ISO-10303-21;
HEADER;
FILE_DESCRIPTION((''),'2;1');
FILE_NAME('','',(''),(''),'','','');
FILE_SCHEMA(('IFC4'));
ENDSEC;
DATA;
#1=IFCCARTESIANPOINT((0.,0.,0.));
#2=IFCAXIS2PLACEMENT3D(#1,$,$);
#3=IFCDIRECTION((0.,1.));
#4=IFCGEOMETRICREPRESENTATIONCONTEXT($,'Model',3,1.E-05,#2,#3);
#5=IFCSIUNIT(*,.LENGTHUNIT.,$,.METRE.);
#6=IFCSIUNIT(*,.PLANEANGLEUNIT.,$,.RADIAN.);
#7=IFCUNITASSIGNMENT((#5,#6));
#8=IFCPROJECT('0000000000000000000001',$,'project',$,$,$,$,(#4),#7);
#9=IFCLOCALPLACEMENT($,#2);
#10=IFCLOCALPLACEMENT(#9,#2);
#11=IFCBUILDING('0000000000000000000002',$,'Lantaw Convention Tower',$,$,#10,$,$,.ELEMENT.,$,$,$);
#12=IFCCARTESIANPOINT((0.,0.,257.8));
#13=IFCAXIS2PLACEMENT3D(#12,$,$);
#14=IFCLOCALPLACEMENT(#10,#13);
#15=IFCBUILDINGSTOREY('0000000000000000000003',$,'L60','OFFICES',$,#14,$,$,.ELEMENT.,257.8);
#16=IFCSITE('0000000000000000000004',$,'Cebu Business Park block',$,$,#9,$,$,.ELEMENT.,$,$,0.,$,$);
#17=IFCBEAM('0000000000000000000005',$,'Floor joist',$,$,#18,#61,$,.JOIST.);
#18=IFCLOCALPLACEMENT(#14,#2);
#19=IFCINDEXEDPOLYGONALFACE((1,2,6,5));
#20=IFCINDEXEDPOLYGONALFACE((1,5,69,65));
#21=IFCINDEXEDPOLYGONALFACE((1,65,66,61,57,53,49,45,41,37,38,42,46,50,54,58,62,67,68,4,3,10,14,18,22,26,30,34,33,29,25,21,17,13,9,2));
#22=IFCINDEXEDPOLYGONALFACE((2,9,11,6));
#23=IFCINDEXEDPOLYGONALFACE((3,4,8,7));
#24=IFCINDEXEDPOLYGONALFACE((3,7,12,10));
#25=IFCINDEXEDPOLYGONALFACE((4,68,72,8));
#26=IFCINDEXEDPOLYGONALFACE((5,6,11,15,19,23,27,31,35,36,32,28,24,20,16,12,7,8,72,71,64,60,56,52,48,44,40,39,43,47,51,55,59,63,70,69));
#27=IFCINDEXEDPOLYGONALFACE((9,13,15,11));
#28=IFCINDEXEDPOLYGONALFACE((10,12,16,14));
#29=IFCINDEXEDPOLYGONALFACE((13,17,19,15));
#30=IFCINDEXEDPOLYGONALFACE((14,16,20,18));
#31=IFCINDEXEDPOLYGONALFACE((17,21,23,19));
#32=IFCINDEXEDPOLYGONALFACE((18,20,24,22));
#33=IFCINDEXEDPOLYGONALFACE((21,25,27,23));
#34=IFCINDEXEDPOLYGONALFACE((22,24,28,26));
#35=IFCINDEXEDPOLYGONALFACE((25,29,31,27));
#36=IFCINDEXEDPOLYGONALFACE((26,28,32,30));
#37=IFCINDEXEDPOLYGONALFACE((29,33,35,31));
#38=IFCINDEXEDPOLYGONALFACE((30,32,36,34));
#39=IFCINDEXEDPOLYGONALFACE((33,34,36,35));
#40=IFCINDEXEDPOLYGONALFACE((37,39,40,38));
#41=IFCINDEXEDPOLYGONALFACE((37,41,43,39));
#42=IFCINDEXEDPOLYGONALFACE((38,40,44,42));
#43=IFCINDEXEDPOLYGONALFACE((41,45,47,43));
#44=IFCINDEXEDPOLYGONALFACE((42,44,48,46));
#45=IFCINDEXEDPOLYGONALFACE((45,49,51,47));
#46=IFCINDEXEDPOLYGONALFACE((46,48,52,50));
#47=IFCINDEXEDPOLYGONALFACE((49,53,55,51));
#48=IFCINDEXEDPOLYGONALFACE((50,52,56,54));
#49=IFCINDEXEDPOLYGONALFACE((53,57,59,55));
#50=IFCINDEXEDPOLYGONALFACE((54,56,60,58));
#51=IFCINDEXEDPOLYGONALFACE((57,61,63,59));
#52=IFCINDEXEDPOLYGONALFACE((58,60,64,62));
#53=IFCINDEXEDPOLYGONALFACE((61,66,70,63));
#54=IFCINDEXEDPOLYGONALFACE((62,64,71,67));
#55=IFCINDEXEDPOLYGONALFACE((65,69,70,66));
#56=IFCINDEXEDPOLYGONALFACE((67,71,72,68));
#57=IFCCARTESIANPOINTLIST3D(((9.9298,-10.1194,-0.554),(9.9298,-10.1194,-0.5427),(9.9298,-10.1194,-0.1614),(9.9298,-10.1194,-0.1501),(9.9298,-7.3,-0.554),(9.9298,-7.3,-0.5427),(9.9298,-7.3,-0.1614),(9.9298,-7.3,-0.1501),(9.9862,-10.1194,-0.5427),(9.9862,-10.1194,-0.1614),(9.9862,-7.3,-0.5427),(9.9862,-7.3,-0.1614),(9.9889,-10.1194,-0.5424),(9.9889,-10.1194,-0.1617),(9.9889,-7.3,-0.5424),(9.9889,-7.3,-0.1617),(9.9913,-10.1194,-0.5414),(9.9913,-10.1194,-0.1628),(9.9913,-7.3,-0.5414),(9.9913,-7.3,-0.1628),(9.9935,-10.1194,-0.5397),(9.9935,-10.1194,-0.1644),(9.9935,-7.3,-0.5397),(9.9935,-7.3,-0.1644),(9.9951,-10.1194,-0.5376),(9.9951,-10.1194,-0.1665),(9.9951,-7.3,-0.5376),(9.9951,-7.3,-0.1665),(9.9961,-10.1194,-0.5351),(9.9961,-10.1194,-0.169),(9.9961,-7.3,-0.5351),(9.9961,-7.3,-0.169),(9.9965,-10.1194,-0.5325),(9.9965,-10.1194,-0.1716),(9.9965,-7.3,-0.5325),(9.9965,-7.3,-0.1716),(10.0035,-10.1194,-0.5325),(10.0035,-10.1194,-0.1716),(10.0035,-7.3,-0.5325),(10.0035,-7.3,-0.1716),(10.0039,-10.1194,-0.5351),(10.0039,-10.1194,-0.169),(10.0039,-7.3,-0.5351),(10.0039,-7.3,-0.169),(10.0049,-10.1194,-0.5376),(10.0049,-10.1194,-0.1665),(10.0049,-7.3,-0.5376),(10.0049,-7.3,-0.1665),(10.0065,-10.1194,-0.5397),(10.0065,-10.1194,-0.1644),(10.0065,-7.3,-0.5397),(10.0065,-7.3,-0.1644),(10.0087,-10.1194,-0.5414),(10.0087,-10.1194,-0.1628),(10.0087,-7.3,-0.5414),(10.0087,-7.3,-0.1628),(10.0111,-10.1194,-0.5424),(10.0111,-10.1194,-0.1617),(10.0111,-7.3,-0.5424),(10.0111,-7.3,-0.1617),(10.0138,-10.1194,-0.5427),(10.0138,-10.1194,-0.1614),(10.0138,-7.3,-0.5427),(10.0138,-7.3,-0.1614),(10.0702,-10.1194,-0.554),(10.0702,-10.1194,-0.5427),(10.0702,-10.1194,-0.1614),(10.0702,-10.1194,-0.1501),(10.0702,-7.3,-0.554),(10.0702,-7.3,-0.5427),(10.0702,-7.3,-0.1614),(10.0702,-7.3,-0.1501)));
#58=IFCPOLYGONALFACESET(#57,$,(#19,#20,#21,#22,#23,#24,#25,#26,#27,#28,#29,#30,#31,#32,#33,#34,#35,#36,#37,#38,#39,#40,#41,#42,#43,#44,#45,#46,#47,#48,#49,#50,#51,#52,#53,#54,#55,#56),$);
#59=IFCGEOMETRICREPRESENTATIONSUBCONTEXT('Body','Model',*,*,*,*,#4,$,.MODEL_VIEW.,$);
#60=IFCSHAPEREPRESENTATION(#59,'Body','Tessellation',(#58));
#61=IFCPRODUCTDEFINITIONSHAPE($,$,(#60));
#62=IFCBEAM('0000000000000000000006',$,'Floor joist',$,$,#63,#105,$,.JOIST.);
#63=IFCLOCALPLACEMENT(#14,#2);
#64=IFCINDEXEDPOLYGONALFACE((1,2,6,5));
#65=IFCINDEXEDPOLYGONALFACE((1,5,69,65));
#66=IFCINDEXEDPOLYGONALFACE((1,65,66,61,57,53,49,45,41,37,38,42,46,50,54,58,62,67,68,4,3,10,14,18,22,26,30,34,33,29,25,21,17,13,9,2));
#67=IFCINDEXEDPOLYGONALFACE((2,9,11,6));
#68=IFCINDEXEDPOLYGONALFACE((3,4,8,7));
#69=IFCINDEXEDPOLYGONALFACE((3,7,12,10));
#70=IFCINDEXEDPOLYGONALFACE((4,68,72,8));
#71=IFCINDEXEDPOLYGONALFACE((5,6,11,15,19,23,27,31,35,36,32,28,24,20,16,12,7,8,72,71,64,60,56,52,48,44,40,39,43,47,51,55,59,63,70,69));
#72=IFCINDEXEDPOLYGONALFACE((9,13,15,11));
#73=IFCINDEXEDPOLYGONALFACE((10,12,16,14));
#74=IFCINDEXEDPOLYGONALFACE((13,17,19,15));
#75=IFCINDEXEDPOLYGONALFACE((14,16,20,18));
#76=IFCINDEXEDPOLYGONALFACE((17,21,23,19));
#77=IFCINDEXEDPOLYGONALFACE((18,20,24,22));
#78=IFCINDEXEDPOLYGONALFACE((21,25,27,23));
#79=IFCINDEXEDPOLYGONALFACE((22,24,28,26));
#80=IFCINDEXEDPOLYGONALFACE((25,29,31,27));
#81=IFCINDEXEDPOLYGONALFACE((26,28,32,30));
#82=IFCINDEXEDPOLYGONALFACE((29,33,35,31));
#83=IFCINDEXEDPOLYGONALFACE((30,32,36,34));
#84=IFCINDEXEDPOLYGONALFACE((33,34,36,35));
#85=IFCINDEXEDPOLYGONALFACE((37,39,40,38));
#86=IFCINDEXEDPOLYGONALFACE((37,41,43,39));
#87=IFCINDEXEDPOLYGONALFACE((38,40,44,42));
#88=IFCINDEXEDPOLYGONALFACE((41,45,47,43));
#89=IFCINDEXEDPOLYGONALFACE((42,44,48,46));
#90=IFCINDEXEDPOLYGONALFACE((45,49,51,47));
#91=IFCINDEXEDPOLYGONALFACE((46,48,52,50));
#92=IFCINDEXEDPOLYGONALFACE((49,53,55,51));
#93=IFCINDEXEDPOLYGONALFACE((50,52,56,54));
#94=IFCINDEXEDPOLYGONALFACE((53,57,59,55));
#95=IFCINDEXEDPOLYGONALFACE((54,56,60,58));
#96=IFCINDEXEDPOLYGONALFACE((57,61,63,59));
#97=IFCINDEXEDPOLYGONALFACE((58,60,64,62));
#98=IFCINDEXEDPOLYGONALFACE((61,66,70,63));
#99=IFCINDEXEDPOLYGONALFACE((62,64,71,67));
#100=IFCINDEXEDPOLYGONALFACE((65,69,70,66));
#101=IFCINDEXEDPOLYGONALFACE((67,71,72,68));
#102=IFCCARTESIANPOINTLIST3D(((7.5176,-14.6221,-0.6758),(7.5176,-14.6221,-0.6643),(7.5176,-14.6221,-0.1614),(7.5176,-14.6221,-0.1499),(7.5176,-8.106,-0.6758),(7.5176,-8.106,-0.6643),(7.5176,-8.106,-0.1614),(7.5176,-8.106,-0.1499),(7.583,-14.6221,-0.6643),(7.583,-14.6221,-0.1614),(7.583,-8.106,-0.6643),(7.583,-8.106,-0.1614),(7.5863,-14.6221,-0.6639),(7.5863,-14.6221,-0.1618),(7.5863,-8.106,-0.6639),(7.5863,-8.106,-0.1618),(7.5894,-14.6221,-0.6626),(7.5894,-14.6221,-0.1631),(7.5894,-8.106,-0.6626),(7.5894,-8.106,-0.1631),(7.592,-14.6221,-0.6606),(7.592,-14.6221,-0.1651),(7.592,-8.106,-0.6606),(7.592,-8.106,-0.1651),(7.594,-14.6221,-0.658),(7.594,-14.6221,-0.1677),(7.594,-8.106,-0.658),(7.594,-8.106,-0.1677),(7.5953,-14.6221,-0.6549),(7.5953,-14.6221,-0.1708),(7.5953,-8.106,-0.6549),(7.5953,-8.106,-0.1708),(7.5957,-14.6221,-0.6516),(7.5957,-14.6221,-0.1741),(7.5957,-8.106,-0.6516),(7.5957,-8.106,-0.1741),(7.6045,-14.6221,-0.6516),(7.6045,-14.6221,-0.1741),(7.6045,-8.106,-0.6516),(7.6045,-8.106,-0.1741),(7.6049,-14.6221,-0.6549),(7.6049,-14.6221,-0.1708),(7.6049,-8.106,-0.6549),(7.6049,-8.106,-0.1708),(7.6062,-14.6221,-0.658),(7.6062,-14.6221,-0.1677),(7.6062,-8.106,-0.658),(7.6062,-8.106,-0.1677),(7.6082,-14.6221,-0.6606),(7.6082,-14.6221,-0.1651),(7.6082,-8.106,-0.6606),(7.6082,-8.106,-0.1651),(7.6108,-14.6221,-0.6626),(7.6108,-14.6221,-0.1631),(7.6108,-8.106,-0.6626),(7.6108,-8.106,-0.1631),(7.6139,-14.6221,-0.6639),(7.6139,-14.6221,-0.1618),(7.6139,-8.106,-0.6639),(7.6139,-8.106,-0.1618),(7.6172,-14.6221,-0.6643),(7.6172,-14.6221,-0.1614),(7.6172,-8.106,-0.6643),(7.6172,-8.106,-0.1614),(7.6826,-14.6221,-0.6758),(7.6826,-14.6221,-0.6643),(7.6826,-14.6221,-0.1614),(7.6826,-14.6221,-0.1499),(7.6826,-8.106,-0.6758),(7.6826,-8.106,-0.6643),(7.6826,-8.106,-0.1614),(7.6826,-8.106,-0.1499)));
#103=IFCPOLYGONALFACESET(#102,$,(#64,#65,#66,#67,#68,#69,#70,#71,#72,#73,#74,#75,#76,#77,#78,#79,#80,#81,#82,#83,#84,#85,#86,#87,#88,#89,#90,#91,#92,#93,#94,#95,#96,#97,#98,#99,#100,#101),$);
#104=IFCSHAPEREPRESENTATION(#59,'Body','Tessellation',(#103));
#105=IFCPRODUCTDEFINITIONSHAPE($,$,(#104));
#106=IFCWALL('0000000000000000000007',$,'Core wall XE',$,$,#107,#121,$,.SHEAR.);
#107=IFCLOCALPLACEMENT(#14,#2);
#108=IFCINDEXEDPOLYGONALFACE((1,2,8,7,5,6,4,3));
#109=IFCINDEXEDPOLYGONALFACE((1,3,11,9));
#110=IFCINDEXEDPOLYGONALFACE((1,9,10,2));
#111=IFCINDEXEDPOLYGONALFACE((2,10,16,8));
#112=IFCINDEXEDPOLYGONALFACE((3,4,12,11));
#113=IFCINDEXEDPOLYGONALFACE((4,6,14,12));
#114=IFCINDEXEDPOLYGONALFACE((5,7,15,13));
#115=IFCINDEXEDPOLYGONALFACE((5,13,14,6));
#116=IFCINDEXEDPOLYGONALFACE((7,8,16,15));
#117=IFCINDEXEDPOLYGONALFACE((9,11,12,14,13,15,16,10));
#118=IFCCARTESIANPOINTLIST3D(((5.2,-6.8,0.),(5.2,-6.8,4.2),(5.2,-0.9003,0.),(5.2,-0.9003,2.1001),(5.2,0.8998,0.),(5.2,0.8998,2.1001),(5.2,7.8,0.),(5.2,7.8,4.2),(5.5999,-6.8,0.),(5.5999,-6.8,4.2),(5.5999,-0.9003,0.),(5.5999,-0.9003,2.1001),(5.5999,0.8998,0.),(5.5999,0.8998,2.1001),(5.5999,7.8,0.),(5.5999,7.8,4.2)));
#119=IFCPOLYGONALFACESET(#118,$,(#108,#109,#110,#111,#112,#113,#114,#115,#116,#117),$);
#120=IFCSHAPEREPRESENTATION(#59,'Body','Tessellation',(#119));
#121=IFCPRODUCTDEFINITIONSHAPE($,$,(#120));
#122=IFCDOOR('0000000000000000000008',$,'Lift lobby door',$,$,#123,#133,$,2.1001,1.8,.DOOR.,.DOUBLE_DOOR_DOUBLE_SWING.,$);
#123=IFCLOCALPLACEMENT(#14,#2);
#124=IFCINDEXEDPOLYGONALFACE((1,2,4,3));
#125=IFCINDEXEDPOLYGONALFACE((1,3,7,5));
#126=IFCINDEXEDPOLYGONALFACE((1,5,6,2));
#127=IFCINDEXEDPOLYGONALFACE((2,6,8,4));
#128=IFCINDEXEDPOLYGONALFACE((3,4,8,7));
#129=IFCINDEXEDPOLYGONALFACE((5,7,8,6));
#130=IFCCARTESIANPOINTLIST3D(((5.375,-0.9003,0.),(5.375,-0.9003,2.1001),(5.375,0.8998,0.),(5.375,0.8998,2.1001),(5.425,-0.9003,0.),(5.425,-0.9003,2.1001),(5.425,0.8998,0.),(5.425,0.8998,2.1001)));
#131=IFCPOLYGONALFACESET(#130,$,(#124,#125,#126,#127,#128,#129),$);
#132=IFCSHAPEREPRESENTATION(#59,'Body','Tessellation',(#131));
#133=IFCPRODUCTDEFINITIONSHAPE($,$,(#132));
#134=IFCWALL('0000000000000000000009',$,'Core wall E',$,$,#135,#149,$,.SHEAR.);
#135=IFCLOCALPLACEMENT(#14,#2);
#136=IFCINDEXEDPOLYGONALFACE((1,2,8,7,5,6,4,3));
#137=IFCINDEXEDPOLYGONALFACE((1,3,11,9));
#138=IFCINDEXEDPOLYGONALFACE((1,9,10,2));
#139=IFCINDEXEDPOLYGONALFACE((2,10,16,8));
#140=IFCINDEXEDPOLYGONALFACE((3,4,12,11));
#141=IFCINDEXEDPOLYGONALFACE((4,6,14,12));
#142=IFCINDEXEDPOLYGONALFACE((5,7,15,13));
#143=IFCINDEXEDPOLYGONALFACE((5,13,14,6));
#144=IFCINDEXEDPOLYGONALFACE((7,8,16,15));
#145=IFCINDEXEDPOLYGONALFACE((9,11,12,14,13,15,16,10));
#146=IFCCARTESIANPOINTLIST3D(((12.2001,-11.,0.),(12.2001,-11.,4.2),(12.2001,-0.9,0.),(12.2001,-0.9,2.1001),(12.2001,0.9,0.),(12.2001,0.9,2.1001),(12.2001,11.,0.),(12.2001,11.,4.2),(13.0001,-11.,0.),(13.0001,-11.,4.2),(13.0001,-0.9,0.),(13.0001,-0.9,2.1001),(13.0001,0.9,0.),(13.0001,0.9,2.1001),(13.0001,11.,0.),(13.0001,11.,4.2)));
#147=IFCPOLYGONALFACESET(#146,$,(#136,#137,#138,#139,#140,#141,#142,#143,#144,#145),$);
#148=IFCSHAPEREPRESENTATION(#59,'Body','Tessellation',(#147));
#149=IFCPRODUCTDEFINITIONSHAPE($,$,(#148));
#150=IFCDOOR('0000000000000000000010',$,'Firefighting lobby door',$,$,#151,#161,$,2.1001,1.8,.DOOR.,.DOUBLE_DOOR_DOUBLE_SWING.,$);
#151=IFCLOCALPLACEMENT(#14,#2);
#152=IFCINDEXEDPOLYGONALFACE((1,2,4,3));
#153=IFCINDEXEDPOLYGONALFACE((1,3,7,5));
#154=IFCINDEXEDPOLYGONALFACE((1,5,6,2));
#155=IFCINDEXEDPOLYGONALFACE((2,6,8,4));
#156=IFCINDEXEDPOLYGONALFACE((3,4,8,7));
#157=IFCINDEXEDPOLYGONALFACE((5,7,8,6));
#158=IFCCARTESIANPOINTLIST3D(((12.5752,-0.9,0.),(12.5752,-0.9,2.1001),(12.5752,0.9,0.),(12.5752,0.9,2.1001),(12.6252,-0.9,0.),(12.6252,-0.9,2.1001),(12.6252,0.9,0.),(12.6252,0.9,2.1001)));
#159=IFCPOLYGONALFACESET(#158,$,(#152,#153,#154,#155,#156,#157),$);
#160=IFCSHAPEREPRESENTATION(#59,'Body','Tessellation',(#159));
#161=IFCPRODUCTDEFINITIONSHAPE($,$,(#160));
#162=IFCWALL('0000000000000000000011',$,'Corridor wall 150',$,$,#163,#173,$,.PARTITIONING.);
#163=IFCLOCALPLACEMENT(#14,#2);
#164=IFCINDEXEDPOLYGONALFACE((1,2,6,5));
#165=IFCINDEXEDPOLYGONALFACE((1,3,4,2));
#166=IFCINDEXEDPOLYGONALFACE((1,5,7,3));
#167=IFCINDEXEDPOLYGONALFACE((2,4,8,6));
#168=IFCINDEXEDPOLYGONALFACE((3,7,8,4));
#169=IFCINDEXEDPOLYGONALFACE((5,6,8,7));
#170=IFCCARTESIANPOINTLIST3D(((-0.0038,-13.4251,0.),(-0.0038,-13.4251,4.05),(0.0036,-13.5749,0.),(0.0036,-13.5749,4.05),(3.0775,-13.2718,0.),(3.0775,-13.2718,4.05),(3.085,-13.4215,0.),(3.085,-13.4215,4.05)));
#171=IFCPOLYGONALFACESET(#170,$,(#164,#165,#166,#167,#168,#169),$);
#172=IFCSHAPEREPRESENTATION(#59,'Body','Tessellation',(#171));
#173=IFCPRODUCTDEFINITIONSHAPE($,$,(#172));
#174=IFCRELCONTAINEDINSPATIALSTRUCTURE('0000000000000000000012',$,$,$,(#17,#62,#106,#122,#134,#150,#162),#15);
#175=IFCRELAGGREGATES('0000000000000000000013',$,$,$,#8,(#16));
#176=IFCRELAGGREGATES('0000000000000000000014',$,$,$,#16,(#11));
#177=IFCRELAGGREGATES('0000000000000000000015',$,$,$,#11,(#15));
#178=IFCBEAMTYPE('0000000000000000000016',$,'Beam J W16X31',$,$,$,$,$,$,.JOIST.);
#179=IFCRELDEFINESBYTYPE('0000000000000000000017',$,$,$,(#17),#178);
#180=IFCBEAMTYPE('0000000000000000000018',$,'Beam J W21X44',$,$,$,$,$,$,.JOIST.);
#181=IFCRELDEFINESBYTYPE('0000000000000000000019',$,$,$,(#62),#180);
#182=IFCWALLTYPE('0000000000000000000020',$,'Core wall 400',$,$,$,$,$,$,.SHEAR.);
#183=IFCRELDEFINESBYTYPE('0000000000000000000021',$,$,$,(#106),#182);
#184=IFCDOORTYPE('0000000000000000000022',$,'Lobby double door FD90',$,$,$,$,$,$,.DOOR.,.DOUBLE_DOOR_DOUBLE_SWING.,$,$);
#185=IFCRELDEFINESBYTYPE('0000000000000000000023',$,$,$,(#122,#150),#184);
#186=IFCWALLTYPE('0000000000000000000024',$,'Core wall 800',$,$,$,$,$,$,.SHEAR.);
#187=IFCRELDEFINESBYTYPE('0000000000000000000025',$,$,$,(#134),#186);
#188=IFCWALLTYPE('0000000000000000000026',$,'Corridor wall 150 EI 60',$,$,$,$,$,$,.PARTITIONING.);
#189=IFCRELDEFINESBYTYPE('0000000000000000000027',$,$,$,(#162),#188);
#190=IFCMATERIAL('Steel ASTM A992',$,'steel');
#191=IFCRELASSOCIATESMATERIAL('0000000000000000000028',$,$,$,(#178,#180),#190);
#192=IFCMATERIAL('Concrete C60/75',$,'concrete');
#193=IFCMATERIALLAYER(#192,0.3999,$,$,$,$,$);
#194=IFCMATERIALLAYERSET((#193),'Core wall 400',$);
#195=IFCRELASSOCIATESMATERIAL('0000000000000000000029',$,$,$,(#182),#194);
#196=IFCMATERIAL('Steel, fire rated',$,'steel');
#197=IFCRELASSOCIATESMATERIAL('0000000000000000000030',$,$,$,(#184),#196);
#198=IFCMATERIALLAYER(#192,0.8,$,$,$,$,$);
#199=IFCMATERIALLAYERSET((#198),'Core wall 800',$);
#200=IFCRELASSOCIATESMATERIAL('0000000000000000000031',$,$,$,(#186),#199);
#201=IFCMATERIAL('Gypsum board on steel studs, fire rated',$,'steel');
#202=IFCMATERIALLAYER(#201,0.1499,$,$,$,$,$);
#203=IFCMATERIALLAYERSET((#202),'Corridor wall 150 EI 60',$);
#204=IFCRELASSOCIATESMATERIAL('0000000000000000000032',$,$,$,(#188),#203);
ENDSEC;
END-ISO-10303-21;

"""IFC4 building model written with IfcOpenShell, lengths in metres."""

from ifc_helpers import new_model, si_unit, direction, frame, frame_2d, origin, origin_2d, place, context, subcontext, project, spatial, rectangle, i_section, extrude, material, layer, layer_set, material_profile, profile_set, type_object, element, fill, save


model = new_model("IFC4")

# Units and contexts
model_context = context("Model", 3, precision=1e-05, world=origin(), true_north=direction((0.0, 1.0)))
body_context = subcontext(model_context, "Body", "Model", "MODEL_VIEW")
ifc_project = project(units=[si_unit("LENGTHUNIT", "METRE"), si_unit("PLANEANGLEUNIT", "RADIAN")], contexts=[model_context])

# Site, building, storey
site_placement = place(None, origin())
site = spatial("IfcSite", under=ifc_project, at=site_placement, Name="Cebu Business Park block", CompositionType="ELEMENT", RefElevation=0.0)
building_placement = place(site_placement, origin())
building = spatial("IfcBuilding", under=site, at=building_placement, Name="Lantaw Convention Tower", CompositionType="ELEMENT")
storey_placement = place(building_placement, frame((0.0, 0.0, 257.8)))
storey = spatial("IfcBuildingStorey", under=building, at=storey_placement, Name="L60", Description="OFFICES", CompositionType="ELEMENT", Elevation=257.8)

# Beams
ifc_material_1 = material(Name="Steel ASTM A992", Category="steel")
ifc_material_profile_1 = material_profile(ifc_material_1, i_section(OverallWidth=0.1404, OverallDepth=0.4038, WebThickness=0.0071, FlangeThickness=0.0112, FilletRadius=0.0103, at=origin_2d()), Name="W16X31")
ifc_profile_set_1 = profile_set([ifc_material_profile_1], Name="Steel ASTM A992")
beam_type_1 = type_object("IfcBeamType", Name="Beam J W16X31", PredefinedType="JOIST", material=ifc_profile_set_1)
beam_1_placement = place(storey_placement, frame((10.0, -10.1194, -0.3521), z_axis=(0.0, 1.0, 0.0), x_axis=(-1.0, 0.0, 0.0)))
element("IfcBeam", 1, at=beam_1_placement, inside=storey, type_object=beam_type_1, Name="Floor joist", PredefinedType="JOIST", context=body_context, shape_type="SweptSolid", body=[
    extrude(i_section(OverallWidth=0.1404, OverallDepth=0.4038, WebThickness=0.0071, FlangeThickness=0.0112, FilletRadius=0.0103, at=origin_2d()), origin(), (0.0, 0.0, 1.0), 2.8193),
])
ifc_material_profile_2 = material_profile(ifc_material_1, i_section(OverallWidth=0.165, OverallDepth=0.5259, WebThickness=0.0088, FlangeThickness=0.0115, FilletRadius=0.0127, at=origin_2d()), Name="W21X44")
ifc_profile_set_2 = profile_set([ifc_material_profile_2], Name="Steel ASTM A992")
beam_type_2 = type_object("IfcBeamType", Name="Beam J W21X44", PredefinedType="JOIST", material=ifc_profile_set_2)
beam_2_placement = place(storey_placement, frame((7.6001, -14.6221, -0.4128), z_axis=(0.0, 1.0, 0.0), x_axis=(-1.0, 0.0, 0.0)))
element("IfcBeam", 2, at=beam_2_placement, inside=storey, type_object=beam_type_2, Name="Floor joist", PredefinedType="JOIST", context=body_context, shape_type="SweptSolid", body=[
    extrude(i_section(OverallWidth=0.165, OverallDepth=0.5259, WebThickness=0.0088, FlangeThickness=0.0115, FilletRadius=0.0127, at=origin_2d()), origin(), (0.0, 0.0, 1.0), 6.5161),
])

# Walls, openings, doors
ifc_material_2 = material(Name="Concrete C60/75", Category="concrete")
ifc_layer_1 = layer(ifc_material_2, 0.3999)
ifc_layer_set_1 = layer_set([ifc_layer_1], Name="Core wall 400")
wall_type_1 = type_object("IfcWallType", Name="Core wall 400", PredefinedType="SHEAR", material=ifc_layer_set_1)
wall_1_placement = place(storey_placement, frame((5.3999, -6.8, 0.0), z_axis=(0.0, 0.0, 1.0), x_axis=(0.0, 1.0, 0.0)))
wall_1 = element("IfcWall", 3, at=wall_1_placement, inside=storey, type_object=wall_type_1, Name="Core wall XE", PredefinedType="SHEAR", context=body_context, shape_type="SweptSolid", body=[
    extrude(rectangle(XDim=14.6001, YDim=0.3999, at=frame_2d((7.3, 0.0))), origin(), (0.0, 0.0, 1.0), 4.2),
])
opening_1_placement = place(wall_1_placement, frame((5.8999, 0.0, 0.0)))
opening_1 = element("IfcOpeningElement", 4, at=opening_1_placement, cuts=wall_1, PredefinedType="OPENING", context=body_context, shape_type="SweptSolid", body=[
    extrude(rectangle(XDim=1.8, YDim=2.1001, at=frame_2d((0.8999, 1.05))), frame((0.0, 0.21, 0.0), z_axis=(0.0, -1.0, 0.0), x_axis=(1.0, 0.0, 0.0)), (0.0, 0.0, 1.0), 0.4199),
])
ifc_material_3 = material(Name="Steel, fire rated", Category="steel")
door_type_1 = type_object("IfcDoorType", Name="Lobby double door FD90", OperationType="DOUBLE_DOOR_DOUBLE_SWING", PredefinedType="DOOR", material=ifc_material_3)
door_1_placement = place(opening_1_placement, origin())
door_1 = element("IfcDoor", 5, at=door_1_placement, inside=storey, type_object=door_type_1, Name="Lift lobby door", OperationType="DOUBLE_DOOR_DOUBLE_SWING", OverallHeight=2.1001, OverallWidth=1.8, PredefinedType="DOOR", context=body_context, shape_type="SweptSolid", body=[
    extrude(rectangle(XDim=1.8, YDim=2.1001, at=frame_2d((0.8999, 1.05))), frame((0.0, 0.0249, 0.0), z_axis=(0.0, -1.0, 0.0), x_axis=(1.0, 0.0, 0.0)), (0.0, 0.0, 1.0), 0.05),
])
fill(opening_1, door_1)
ifc_layer_2 = layer(ifc_material_2, 0.8)
ifc_layer_set_2 = layer_set([ifc_layer_2], Name="Core wall 800")
wall_type_2 = type_object("IfcWallType", Name="Core wall 800", PredefinedType="SHEAR", material=ifc_layer_set_2)
wall_2_placement = place(storey_placement, frame((12.6001, -11.0, 0.0), z_axis=(0.0, 0.0, 1.0), x_axis=(0.0, 1.0, 0.0)))
wall_2 = element("IfcWall", 6, at=wall_2_placement, inside=storey, type_object=wall_type_2, Name="Core wall E", PredefinedType="SHEAR", context=body_context, shape_type="SweptSolid", body=[
    extrude(rectangle(XDim=22.0, YDim=0.8, at=frame_2d((11.0, 0.0))), origin(), (0.0, 0.0, 1.0), 4.2),
])
opening_2_placement = place(wall_2_placement, frame((10.1001, 0.0, 0.0)))
opening_2 = element("IfcOpeningElement", 7, at=opening_2_placement, cuts=wall_2, PredefinedType="OPENING", context=body_context, shape_type="SweptSolid", body=[
    extrude(rectangle(XDim=1.8, YDim=2.1001, at=frame_2d((0.8999, 1.05))), frame((0.0, 0.4099, 0.0), z_axis=(0.0, -1.0, 0.0), x_axis=(1.0, 0.0, 0.0)), (0.0, 0.0, 1.0), 0.8201),
])
door_2_placement = place(opening_2_placement, origin())
door_2 = element("IfcDoor", 8, at=door_2_placement, inside=storey, type_object=door_type_1, Name="Firefighting lobby door", OperationType="DOUBLE_DOOR_DOUBLE_SWING", OverallHeight=2.1001, OverallWidth=1.8, PredefinedType="DOOR", context=body_context, shape_type="SweptSolid", body=[
    extrude(rectangle(XDim=1.8, YDim=2.1001, at=frame_2d((0.8999, 1.05))), frame((0.0, 0.0249, 0.0), z_axis=(0.0, -1.0, 0.0), x_axis=(1.0, 0.0, 0.0)), (0.0, 0.0, 1.0), 0.05),
])
fill(opening_2, door_2)

# Wall
ifc_material_4 = material(Name="Gypsum board on steel studs, fire rated", Category="steel")
ifc_layer_3 = layer(ifc_material_4, 0.1499)
ifc_layer_set_3 = layer_set([ifc_layer_3], Name="Corridor wall 150 EI 60")
wall_type_3 = type_object("IfcWallType", Name="Corridor wall 150 EI 60", PredefinedType="PARTITIONING", material=ifc_layer_set_3)
wall_3_placement = place(storey_placement, frame((0.0, -13.5, 0.0), z_axis=(0.0, 0.0, 1.0), x_axis=(0.998764, 0.049697, 0.0)))
element("IfcWall", 9, at=wall_3_placement, inside=storey, type_object=wall_type_3, Name="Corridor wall 150", PredefinedType="PARTITIONING", context=body_context, shape_type="SweptSolid", body=[
    extrude(rectangle(XDim=3.0852, YDim=0.1499, at=frame_2d((1.5425, 0.0))), origin(), (0.0, 0.0, 1.0), 4.05),
])

save(model, "model.ifc")
